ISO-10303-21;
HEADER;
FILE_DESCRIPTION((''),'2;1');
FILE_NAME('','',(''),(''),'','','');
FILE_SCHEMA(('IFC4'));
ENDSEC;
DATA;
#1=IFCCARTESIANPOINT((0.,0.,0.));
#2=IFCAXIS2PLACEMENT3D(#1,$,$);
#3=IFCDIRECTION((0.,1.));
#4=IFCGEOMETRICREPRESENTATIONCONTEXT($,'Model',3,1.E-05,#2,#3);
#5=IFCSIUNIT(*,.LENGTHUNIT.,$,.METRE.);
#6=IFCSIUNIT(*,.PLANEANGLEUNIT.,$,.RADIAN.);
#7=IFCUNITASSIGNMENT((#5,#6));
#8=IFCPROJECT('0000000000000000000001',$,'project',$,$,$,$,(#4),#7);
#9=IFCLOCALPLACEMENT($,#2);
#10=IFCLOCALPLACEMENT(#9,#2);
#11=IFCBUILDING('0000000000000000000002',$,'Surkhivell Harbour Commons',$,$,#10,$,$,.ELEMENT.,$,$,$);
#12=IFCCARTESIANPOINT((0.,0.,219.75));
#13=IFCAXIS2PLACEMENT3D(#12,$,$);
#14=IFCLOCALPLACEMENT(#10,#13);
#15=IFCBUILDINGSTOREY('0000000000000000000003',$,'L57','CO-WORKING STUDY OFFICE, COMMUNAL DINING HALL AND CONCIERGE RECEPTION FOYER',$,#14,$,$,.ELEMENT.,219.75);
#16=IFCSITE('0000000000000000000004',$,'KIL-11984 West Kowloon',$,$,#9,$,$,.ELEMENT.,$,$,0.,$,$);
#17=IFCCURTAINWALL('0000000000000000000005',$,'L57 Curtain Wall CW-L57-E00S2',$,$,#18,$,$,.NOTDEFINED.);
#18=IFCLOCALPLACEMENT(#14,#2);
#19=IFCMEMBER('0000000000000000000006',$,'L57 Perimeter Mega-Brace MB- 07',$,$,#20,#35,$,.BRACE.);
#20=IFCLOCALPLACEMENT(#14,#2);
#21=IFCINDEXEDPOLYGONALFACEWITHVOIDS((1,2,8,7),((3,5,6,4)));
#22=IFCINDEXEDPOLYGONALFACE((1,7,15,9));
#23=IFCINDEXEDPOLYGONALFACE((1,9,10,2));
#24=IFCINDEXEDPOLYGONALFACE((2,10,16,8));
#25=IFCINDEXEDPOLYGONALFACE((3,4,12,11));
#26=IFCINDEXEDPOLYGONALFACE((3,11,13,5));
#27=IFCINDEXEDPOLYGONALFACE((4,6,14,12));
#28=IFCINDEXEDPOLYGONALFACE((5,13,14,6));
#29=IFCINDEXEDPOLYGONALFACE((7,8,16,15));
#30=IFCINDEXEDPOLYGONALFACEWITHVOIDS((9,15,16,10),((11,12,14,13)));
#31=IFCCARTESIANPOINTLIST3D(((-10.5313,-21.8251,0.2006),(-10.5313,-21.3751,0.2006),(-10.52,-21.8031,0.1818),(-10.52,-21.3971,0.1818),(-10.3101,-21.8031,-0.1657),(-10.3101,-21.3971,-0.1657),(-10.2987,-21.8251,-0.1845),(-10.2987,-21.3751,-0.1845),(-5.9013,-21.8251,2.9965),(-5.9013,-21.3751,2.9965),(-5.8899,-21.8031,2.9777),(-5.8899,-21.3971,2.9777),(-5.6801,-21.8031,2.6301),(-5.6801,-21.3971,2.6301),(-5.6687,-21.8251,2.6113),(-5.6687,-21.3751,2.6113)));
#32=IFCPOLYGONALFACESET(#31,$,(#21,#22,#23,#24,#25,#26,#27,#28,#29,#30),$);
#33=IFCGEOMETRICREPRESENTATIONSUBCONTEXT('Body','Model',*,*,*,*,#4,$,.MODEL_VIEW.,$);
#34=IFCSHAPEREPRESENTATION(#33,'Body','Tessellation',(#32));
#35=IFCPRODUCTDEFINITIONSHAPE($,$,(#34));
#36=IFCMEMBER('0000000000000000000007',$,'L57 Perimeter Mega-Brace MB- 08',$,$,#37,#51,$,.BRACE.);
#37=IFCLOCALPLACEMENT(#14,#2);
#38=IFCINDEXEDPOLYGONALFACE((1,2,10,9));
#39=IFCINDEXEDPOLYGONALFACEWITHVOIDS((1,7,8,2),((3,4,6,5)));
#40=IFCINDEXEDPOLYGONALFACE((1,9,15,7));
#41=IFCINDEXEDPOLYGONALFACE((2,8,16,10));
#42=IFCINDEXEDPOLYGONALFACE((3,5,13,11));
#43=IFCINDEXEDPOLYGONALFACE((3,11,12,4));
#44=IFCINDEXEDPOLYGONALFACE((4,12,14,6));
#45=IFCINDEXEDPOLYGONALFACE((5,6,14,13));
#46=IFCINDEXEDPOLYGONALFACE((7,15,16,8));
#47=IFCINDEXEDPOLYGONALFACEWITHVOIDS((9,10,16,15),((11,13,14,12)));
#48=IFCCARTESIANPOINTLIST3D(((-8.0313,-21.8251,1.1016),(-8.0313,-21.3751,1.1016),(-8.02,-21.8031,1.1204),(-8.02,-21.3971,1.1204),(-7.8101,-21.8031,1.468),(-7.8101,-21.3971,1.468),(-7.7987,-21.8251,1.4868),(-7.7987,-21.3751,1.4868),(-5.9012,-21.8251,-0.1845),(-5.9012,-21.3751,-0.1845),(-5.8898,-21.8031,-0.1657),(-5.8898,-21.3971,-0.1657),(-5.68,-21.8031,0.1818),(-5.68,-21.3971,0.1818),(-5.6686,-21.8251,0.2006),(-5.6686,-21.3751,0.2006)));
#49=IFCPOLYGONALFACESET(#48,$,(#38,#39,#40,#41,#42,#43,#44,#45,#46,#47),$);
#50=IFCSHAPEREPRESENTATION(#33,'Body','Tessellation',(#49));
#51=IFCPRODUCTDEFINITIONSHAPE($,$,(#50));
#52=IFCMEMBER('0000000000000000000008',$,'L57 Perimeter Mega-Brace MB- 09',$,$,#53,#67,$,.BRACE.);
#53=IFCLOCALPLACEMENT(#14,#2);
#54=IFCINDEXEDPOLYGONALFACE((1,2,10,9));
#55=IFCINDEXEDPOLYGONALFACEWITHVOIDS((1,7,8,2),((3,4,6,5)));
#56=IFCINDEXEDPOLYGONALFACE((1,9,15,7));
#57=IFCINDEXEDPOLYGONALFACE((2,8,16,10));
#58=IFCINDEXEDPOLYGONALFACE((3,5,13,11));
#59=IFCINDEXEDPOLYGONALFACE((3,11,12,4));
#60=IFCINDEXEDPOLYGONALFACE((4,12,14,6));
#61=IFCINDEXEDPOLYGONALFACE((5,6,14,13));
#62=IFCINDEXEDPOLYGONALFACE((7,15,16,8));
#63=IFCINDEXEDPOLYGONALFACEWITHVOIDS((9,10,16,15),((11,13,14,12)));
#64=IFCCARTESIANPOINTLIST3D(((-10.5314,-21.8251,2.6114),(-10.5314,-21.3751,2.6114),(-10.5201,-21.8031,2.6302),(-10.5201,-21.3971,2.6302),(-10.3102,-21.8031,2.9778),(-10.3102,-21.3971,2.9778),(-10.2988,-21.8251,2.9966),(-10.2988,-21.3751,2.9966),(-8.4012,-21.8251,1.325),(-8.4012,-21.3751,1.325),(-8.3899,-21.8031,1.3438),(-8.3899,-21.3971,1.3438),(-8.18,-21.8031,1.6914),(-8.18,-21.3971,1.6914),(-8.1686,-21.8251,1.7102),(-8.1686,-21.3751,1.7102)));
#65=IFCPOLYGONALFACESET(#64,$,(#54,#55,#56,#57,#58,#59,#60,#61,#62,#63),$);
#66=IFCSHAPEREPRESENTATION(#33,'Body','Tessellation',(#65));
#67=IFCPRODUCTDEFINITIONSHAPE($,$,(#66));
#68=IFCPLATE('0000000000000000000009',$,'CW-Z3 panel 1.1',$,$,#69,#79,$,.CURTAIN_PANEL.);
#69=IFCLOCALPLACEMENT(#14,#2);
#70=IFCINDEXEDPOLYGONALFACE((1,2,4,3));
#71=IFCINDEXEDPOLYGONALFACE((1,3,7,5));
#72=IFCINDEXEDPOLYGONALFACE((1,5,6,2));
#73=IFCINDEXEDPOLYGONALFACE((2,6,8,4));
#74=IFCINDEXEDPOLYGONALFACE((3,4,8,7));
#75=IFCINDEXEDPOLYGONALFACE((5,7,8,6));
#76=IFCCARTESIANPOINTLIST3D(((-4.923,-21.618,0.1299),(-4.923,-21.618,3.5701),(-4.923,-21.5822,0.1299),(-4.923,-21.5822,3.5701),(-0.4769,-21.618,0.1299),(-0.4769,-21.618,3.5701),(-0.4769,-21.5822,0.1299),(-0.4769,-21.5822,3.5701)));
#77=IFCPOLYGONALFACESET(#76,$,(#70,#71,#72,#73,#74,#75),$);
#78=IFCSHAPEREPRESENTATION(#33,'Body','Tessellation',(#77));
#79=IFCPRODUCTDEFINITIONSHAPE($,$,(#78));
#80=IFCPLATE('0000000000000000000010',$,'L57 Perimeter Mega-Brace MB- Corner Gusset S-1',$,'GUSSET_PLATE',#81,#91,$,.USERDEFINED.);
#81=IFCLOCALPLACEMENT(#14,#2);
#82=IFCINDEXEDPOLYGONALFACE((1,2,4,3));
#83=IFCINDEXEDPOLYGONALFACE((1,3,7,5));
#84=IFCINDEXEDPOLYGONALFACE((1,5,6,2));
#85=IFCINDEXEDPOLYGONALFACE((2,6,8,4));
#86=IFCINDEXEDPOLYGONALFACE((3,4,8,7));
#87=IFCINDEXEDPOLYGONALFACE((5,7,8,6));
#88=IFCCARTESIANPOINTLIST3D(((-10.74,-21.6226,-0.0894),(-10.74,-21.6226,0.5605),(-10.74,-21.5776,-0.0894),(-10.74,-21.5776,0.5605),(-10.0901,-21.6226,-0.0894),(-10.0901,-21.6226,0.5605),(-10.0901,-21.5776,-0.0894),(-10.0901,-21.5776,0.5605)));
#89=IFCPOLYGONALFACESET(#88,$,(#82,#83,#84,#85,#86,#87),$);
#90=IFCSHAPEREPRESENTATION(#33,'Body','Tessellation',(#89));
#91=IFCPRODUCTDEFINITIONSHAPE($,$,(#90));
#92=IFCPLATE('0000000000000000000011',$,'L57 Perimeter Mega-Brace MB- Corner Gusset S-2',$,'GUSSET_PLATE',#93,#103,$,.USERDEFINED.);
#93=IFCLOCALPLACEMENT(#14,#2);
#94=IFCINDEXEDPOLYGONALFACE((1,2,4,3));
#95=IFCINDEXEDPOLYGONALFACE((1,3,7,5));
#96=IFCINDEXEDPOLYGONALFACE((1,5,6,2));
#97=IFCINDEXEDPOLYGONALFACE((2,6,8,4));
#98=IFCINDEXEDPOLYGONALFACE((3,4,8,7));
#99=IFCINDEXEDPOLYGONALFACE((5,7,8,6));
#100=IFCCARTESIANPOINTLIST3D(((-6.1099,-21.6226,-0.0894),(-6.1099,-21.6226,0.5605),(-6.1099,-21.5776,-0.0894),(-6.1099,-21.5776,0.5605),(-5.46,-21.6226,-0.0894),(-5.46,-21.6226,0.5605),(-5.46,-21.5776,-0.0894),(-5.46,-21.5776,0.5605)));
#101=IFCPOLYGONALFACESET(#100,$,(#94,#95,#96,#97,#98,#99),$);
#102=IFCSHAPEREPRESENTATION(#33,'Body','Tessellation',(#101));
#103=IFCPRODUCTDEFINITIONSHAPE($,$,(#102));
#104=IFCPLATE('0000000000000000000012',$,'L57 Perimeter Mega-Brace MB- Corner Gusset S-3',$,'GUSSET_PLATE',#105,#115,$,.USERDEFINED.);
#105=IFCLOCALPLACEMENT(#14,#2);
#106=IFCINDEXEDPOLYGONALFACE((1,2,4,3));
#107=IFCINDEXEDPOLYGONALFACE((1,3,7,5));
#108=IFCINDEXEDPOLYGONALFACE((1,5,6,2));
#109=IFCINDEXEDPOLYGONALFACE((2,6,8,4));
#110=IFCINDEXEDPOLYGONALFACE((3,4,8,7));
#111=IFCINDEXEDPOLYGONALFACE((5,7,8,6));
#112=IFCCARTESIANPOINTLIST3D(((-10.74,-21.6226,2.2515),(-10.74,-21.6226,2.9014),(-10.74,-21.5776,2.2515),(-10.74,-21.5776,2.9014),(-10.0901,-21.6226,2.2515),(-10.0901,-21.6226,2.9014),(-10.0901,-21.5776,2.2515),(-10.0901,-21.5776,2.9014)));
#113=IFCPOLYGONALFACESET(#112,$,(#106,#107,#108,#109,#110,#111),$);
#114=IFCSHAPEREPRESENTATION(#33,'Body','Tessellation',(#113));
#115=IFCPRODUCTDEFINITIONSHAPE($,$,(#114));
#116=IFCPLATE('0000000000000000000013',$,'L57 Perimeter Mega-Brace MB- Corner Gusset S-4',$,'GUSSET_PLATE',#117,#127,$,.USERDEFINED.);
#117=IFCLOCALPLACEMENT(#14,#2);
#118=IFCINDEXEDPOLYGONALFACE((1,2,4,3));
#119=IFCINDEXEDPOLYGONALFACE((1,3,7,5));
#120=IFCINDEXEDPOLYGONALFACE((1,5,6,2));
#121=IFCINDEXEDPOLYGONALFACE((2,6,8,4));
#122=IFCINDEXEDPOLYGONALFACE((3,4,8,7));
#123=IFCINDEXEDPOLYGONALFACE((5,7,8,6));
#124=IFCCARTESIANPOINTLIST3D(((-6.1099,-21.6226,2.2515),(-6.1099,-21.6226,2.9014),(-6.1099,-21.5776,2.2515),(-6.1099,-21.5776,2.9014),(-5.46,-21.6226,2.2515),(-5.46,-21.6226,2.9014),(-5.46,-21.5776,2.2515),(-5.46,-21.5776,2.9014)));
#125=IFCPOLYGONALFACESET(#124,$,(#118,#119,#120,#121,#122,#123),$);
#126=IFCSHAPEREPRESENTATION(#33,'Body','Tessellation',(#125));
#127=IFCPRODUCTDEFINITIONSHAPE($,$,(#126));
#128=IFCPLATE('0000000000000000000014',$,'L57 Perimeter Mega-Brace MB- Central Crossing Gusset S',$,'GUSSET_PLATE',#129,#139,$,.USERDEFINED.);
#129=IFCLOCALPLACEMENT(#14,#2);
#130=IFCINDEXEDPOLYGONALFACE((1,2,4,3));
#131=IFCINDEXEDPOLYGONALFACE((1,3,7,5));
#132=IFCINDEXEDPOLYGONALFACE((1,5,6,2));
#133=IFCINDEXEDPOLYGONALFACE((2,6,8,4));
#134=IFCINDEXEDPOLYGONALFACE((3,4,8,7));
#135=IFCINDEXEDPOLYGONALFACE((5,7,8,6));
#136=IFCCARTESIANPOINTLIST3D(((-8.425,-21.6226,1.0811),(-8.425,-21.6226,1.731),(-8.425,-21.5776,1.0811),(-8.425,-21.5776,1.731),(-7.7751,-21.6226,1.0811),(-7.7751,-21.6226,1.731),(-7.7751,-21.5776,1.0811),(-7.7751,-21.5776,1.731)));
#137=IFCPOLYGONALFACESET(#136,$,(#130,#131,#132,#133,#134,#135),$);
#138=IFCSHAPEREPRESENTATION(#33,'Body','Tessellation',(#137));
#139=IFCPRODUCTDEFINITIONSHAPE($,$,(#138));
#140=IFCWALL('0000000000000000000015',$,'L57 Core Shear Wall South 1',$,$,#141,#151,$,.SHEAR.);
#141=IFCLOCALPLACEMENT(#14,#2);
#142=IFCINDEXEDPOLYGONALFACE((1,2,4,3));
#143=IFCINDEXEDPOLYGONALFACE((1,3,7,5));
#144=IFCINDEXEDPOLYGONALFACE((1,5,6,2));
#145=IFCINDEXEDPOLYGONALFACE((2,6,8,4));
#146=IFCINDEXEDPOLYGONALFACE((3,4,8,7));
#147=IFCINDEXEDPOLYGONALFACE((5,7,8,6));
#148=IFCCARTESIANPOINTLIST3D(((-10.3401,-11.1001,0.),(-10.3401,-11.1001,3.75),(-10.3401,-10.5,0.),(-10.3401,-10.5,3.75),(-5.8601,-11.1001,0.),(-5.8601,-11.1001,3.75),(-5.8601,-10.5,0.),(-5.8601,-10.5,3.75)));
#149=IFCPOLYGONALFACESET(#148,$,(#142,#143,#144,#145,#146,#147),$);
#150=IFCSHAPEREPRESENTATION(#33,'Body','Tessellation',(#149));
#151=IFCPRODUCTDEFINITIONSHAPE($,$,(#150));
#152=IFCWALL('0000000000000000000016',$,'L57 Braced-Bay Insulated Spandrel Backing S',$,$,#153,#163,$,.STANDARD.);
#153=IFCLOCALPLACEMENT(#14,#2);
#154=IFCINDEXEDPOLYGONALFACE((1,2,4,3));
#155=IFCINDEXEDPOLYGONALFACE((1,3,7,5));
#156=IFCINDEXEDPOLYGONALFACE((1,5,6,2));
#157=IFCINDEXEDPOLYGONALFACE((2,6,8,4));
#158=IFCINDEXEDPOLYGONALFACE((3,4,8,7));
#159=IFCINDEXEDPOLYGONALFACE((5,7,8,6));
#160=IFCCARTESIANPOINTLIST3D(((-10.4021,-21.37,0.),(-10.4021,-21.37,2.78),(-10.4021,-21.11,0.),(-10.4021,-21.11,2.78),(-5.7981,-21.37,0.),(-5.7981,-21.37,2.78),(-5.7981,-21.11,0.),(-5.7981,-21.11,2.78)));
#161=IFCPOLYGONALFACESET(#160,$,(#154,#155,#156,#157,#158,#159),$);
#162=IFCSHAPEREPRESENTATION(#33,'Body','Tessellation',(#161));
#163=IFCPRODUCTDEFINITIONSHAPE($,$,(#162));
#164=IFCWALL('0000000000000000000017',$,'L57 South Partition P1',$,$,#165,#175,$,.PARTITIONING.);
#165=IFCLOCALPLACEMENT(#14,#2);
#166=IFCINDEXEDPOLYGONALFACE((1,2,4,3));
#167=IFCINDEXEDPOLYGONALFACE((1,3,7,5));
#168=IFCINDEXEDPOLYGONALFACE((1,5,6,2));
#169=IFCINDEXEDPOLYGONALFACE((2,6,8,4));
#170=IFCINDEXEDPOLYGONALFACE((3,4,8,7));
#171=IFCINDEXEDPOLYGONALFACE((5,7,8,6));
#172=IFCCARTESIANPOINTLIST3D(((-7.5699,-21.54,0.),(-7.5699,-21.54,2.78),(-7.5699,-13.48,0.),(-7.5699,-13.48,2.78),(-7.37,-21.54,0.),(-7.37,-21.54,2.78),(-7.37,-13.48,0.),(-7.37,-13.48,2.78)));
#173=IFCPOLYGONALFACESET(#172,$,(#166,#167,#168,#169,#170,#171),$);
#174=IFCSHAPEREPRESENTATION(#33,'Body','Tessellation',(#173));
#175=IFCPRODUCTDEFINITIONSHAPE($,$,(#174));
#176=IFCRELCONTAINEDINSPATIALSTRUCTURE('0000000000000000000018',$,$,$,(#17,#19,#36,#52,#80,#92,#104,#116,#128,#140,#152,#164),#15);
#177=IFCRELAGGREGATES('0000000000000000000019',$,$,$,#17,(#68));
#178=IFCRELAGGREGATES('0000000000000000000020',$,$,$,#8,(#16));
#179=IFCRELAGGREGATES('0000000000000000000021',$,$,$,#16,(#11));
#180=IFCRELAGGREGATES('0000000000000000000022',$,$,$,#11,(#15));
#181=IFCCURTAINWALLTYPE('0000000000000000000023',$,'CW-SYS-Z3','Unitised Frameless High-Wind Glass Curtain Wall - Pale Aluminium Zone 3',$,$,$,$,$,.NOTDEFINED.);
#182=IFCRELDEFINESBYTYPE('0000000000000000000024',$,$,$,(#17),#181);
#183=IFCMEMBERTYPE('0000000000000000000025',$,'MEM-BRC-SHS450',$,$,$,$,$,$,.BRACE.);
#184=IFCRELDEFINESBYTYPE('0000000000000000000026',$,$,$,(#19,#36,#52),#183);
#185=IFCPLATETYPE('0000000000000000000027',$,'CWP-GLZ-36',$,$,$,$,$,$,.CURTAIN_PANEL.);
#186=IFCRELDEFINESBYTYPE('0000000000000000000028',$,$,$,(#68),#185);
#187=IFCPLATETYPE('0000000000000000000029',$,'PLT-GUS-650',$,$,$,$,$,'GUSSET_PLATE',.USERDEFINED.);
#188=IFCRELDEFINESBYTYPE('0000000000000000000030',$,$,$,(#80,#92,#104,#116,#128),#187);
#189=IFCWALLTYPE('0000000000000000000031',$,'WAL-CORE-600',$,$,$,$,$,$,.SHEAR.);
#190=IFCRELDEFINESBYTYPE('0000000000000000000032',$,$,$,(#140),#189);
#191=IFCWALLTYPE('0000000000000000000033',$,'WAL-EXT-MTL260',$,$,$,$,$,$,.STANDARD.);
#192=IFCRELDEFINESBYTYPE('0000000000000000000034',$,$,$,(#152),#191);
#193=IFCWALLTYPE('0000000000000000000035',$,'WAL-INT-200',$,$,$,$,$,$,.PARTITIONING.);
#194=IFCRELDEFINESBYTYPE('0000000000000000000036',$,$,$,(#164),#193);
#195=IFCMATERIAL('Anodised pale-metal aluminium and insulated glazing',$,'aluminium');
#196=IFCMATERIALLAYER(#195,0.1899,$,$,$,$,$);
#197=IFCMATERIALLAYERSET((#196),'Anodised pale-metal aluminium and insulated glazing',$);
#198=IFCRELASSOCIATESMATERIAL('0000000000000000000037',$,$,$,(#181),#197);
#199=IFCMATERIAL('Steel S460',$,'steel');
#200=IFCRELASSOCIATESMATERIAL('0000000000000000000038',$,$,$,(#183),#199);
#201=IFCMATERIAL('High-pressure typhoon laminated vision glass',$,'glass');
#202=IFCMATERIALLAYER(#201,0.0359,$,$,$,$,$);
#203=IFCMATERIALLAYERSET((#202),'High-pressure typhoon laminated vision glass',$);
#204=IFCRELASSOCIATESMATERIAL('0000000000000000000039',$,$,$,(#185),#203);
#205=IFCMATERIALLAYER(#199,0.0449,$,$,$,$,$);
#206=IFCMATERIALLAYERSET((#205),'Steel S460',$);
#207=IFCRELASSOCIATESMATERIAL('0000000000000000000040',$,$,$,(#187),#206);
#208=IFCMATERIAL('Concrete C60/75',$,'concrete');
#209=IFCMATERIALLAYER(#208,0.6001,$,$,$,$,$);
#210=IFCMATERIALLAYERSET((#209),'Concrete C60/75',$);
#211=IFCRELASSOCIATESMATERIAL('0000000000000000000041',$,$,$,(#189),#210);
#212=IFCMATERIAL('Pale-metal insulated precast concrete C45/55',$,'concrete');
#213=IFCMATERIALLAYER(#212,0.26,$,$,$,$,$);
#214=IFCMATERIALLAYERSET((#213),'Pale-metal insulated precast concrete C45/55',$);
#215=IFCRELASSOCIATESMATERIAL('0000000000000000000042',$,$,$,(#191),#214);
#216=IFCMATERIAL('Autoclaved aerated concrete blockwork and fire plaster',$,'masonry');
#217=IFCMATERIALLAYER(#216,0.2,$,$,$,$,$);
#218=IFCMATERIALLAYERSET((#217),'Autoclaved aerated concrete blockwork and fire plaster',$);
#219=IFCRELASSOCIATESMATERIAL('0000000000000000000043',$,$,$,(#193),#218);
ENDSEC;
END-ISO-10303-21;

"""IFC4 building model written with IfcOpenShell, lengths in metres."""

from ifc_helpers import new_model, si_unit, direction, frame, frame_2d, origin, origin_2d, place, context, subcontext, project, spatial, rectangle, hollow_rectangle, extrude, material, layer, layer_set, material_profile, profile_set, type_object, element, aggregate, save


model = new_model("IFC4")

# Units and contexts
model_context = context("Model", 3, precision=1e-05, world=origin(), true_north=direction((0.0, 1.0)))
body_context = subcontext(model_context, "Body", "Model", "MODEL_VIEW")
ifc_project = project(units=[si_unit("LENGTHUNIT", "METRE"), si_unit("PLANEANGLEUNIT", "RADIAN")], contexts=[model_context])

# Site, building, storey
site_placement = place(None, origin())
site = spatial("IfcSite", under=ifc_project, at=site_placement, Name="KIL-11984 West Kowloon", CompositionType="ELEMENT", RefElevation=0.0)
building_placement = place(site_placement, origin())
building = spatial("IfcBuilding", under=site, at=building_placement, Name="Surkhivell Harbour Commons", CompositionType="ELEMENT")
storey_placement = place(building_placement, frame((0.0, 0.0, 219.75)))
storey = spatial("IfcBuildingStorey", under=building, at=storey_placement, Name="L57", Description="CO-WORKING STUDY OFFICE, COMMUNAL DINING HALL AND CONCIERGE RECEPTION FOYER", CompositionType="ELEMENT", Elevation=219.75)

# Shared definitions
ifc_material_1 = material(Name="Concrete C60/75", Category="concrete")

# Shared definitions
ifc_material_2 = material(Name="Anodised pale-metal aluminium and insulated glazing", Category="aluminium")
ifc_layer_1 = layer(ifc_material_2, 0.1899)
ifc_layer_set_1 = layer_set([ifc_layer_1], Name="Anodised pale-metal aluminium and insulated glazing")
curtain_wall_type = type_object("IfcCurtainWallType", Name="CW-SYS-Z3", Description="Unitised Frameless High-Wind Glass Curtain Wall - Pale Aluminium Zone 3", PredefinedType="NOTDEFINED", material=ifc_layer_set_1)

# Curtain wall
curtain_wall_1_placement = place(storey_placement, origin())
curtain_wall_1 = element("IfcCurtainWall", 1, at=curtain_wall_1_placement, inside=storey, type_object=curtain_wall_type, Name="L57 Curtain Wall CW-L57-E00S2", PredefinedType="NOTDEFINED")

# Members
ifc_material_3 = material(Name="Steel S460", Category="steel")
ifc_material_profile_1 = material_profile(ifc_material_3, hollow_rectangle(XDim=0.45, YDim=0.45, WallThickness=0.022, at=origin_2d()), Name="SHS450x450x22")
ifc_profile_set_1 = profile_set([ifc_material_profile_1], Name="Steel S460")
member_type_1 = type_object("IfcMemberType", Name="MEM-BRC-SHS450", PredefinedType="BRACE", material=ifc_profile_set_1)
member_1_placement = place(storey_placement, frame((-10.415, -21.6001, 0.0081), z_axis=(0.856036, 0.0, 0.516917), x_axis=(0.0, 1.0, 0.0)))
element("IfcMember", 2, at=member_1_placement, inside=storey, type_object=member_type_1, Name="L57 Perimeter Mega-Brace MB- 07", PredefinedType="BRACE", context=body_context, shape_type="SweptSolid", body=[
    extrude(hollow_rectangle(XDim=0.45, YDim=0.45, WallThickness=0.022, at=origin_2d()), origin(), (0.0, 0.0, 1.0), 5.4087),
])
member_2_placement = place(storey_placement, frame((-5.7849, -21.6001, 0.0081), z_axis=(-0.856061, 0.0, 0.516875), x_axis=(0.0, -1.0, 0.0)))
element("IfcMember", 3, at=member_2_placement, inside=storey, type_object=member_type_1, Name="L57 Perimeter Mega-Brace MB- 08", PredefinedType="BRACE", context=body_context, shape_type="SweptSolid", body=[
    extrude(hollow_rectangle(XDim=0.45, YDim=0.45, WallThickness=0.022, at=origin_2d()), origin(), (0.0, 0.0, 1.0), 2.4883),
])
member_3_placement = place(storey_placement, frame((-8.2849, -21.6001, 1.5176), z_axis=(-0.856018, 0.0, 0.516946), x_axis=(0.0, -1.0, 0.0)))
element("IfcMember", 4, at=member_3_placement, inside=storey, type_object=member_type_1, Name="L57 Perimeter Mega-Brace MB- 09", PredefinedType="BRACE", context=body_context, shape_type="SweptSolid", body=[
    extrude(hollow_rectangle(XDim=0.45, YDim=0.45, WallThickness=0.022, at=origin_2d()), origin(), (0.0, 0.0, 1.0), 2.4885),
])

# Plate
ifc_material_4 = material(Name="High-pressure typhoon laminated vision glass", Category="glass")
ifc_layer_2 = layer(ifc_material_4, 0.0359)
ifc_layer_set_2 = layer_set([ifc_layer_2], Name="High-pressure typhoon laminated vision glass")
plate_type_1 = type_object("IfcPlateType", Name="CWP-GLZ-36", PredefinedType="CURTAIN_PANEL", material=ifc_layer_set_2)
plate_placement = place(storey_placement, frame((-4.9231, -21.6001, 0.1299), z_axis=(0.0, 0.0, 1.0), x_axis=(1.0, 0.0, 0.0)))
plate = element("IfcPlate", 5, at=plate_placement, type_object=plate_type_1, Name="CW-Z3 panel 1.1", PredefinedType="CURTAIN_PANEL", context=body_context, shape_type="SweptSolid", body=[
    extrude(rectangle(XDim=4.446, YDim=0.0359, at=frame_2d((2.2231, 0.0))), origin(), (0.0, 0.0, 1.0), 3.4402),
])
aggregate(curtain_wall_1, [plate])

# Plates
ifc_layer_3 = layer(ifc_material_3, 0.0449)
ifc_layer_set_3 = layer_set([ifc_layer_3], Name="Steel S460")
plate_type_2 = type_object("IfcPlateType", Name="PLT-GUS-650", ElementType="GUSSET_PLATE", PredefinedType="USERDEFINED", material=ifc_layer_set_3)
for number, where, z_axis, x_axis, name in (
    (6, (-10.415, -21.6001, -0.0894), (0.0, 0.0, 1.0), (1.0, 0.0, 0.0), "L57 Perimeter Mega-Brace MB- Corner Gusset S-1"),
    (7, (-5.7849, -21.6001, -0.0894), (0.0, 0.0, 1.0), (1.0, 0.0, 0.0), "L57 Perimeter Mega-Brace MB- Corner Gusset S-2"),
    (8, (-10.415, -21.6001, 2.2515), (0.0, 0.0, 1.0), (1.0, 0.0, 0.0), "L57 Perimeter Mega-Brace MB- Corner Gusset S-3"),
    (9, (-5.7849, -21.6001, 2.2515), (0.0, 0.0, 1.0), (1.0, 0.0, 0.0), "L57 Perimeter Mega-Brace MB- Corner Gusset S-4"),
    (10, (-8.1001, -21.6001, 1.0811), (0.0, 0.0, 1.0), (1.0, 0.0, 0.0), "L57 Perimeter Mega-Brace MB- Central Crossing Gusset S"),
):
    element("IfcPlate", number, at=place(storey_placement, frame(where, z_axis=z_axis, x_axis=x_axis)), inside=storey, type_object=plate_type_2, Name=name, ObjectType="GUSSET_PLATE", PredefinedType="USERDEFINED", context=body_context, shape_type="SweptSolid", body=[
        extrude(rectangle(XDim=0.6499, YDim=0.0449, at=origin_2d()), origin(), (0.0, 0.0, 1.0), 0.6499),
    ])

# Walls
ifc_layer_4 = layer(ifc_material_1, 0.6001)
ifc_layer_set_4 = layer_set([ifc_layer_4], Name="Concrete C60/75")
wall_type_1 = type_object("IfcWallType", Name="WAL-CORE-600", PredefinedType="SHEAR", material=ifc_layer_set_4)
wall_1_placement = place(storey_placement, frame((-10.3401, -10.8, 0.0), z_axis=(0.0, 0.0, 1.0), x_axis=(1.0, 0.0, 0.0)))
element("IfcWall", 11, at=wall_1_placement, inside=storey, type_object=wall_type_1, Name="L57 Core Shear Wall South 1", PredefinedType="SHEAR", context=body_context, shape_type="SweptSolid", body=[
    extrude(rectangle(XDim=4.48, YDim=0.6001, at=frame_2d((2.24, 0.0))), origin(), (0.0, 0.0, 1.0), 3.75),
])
ifc_material_5 = material(Name="Pale-metal insulated precast concrete C45/55", Category="concrete")
ifc_layer_5 = layer(ifc_material_5, 0.26)
ifc_layer_set_5 = layer_set([ifc_layer_5], Name="Pale-metal insulated precast concrete C45/55")
wall_type_2 = type_object("IfcWallType", Name="WAL-EXT-MTL260", PredefinedType="STANDARD", material=ifc_layer_set_5)
wall_2_placement = place(storey_placement, frame((-10.4021, -21.24, 0.0), z_axis=(0.0, 0.0, 1.0), x_axis=(1.0, 0.0, 0.0)))
element("IfcWall", 12, at=wall_2_placement, inside=storey, type_object=wall_type_2, Name="L57 Braced-Bay Insulated Spandrel Backing S", PredefinedType="STANDARD", context=body_context, shape_type="SweptSolid", body=[
    extrude(rectangle(XDim=4.604, YDim=0.26, at=frame_2d((2.302, 0.0))), origin(), (0.0, 0.0, 1.0), 2.78),
])
ifc_material_6 = material(Name="Autoclaved aerated concrete blockwork and fire plaster", Category="masonry")
ifc_layer_6 = layer(ifc_material_6, 0.2)
ifc_layer_set_6 = layer_set([ifc_layer_6], Name="Autoclaved aerated concrete blockwork and fire plaster")
wall_type_3 = type_object("IfcWallType", Name="WAL-INT-200", PredefinedType="PARTITIONING", material=ifc_layer_set_6)
wall_3_placement = place(storey_placement, frame((-7.47, -21.54, 0.0), z_axis=(0.0, 0.0, 1.0), x_axis=(0.0, 1.0, 0.0)))
element("IfcWall", 13, at=wall_3_placement, inside=storey, type_object=wall_type_3, Name="L57 South Partition P1", PredefinedType="PARTITIONING", context=body_context, shape_type="SweptSolid", body=[
    extrude(rectangle(XDim=8.0601, YDim=0.2, at=frame_2d((4.03, 0.0))), origin(), (0.0, 0.0, 1.0), 2.78),
])

save(model, "model.ifc")
